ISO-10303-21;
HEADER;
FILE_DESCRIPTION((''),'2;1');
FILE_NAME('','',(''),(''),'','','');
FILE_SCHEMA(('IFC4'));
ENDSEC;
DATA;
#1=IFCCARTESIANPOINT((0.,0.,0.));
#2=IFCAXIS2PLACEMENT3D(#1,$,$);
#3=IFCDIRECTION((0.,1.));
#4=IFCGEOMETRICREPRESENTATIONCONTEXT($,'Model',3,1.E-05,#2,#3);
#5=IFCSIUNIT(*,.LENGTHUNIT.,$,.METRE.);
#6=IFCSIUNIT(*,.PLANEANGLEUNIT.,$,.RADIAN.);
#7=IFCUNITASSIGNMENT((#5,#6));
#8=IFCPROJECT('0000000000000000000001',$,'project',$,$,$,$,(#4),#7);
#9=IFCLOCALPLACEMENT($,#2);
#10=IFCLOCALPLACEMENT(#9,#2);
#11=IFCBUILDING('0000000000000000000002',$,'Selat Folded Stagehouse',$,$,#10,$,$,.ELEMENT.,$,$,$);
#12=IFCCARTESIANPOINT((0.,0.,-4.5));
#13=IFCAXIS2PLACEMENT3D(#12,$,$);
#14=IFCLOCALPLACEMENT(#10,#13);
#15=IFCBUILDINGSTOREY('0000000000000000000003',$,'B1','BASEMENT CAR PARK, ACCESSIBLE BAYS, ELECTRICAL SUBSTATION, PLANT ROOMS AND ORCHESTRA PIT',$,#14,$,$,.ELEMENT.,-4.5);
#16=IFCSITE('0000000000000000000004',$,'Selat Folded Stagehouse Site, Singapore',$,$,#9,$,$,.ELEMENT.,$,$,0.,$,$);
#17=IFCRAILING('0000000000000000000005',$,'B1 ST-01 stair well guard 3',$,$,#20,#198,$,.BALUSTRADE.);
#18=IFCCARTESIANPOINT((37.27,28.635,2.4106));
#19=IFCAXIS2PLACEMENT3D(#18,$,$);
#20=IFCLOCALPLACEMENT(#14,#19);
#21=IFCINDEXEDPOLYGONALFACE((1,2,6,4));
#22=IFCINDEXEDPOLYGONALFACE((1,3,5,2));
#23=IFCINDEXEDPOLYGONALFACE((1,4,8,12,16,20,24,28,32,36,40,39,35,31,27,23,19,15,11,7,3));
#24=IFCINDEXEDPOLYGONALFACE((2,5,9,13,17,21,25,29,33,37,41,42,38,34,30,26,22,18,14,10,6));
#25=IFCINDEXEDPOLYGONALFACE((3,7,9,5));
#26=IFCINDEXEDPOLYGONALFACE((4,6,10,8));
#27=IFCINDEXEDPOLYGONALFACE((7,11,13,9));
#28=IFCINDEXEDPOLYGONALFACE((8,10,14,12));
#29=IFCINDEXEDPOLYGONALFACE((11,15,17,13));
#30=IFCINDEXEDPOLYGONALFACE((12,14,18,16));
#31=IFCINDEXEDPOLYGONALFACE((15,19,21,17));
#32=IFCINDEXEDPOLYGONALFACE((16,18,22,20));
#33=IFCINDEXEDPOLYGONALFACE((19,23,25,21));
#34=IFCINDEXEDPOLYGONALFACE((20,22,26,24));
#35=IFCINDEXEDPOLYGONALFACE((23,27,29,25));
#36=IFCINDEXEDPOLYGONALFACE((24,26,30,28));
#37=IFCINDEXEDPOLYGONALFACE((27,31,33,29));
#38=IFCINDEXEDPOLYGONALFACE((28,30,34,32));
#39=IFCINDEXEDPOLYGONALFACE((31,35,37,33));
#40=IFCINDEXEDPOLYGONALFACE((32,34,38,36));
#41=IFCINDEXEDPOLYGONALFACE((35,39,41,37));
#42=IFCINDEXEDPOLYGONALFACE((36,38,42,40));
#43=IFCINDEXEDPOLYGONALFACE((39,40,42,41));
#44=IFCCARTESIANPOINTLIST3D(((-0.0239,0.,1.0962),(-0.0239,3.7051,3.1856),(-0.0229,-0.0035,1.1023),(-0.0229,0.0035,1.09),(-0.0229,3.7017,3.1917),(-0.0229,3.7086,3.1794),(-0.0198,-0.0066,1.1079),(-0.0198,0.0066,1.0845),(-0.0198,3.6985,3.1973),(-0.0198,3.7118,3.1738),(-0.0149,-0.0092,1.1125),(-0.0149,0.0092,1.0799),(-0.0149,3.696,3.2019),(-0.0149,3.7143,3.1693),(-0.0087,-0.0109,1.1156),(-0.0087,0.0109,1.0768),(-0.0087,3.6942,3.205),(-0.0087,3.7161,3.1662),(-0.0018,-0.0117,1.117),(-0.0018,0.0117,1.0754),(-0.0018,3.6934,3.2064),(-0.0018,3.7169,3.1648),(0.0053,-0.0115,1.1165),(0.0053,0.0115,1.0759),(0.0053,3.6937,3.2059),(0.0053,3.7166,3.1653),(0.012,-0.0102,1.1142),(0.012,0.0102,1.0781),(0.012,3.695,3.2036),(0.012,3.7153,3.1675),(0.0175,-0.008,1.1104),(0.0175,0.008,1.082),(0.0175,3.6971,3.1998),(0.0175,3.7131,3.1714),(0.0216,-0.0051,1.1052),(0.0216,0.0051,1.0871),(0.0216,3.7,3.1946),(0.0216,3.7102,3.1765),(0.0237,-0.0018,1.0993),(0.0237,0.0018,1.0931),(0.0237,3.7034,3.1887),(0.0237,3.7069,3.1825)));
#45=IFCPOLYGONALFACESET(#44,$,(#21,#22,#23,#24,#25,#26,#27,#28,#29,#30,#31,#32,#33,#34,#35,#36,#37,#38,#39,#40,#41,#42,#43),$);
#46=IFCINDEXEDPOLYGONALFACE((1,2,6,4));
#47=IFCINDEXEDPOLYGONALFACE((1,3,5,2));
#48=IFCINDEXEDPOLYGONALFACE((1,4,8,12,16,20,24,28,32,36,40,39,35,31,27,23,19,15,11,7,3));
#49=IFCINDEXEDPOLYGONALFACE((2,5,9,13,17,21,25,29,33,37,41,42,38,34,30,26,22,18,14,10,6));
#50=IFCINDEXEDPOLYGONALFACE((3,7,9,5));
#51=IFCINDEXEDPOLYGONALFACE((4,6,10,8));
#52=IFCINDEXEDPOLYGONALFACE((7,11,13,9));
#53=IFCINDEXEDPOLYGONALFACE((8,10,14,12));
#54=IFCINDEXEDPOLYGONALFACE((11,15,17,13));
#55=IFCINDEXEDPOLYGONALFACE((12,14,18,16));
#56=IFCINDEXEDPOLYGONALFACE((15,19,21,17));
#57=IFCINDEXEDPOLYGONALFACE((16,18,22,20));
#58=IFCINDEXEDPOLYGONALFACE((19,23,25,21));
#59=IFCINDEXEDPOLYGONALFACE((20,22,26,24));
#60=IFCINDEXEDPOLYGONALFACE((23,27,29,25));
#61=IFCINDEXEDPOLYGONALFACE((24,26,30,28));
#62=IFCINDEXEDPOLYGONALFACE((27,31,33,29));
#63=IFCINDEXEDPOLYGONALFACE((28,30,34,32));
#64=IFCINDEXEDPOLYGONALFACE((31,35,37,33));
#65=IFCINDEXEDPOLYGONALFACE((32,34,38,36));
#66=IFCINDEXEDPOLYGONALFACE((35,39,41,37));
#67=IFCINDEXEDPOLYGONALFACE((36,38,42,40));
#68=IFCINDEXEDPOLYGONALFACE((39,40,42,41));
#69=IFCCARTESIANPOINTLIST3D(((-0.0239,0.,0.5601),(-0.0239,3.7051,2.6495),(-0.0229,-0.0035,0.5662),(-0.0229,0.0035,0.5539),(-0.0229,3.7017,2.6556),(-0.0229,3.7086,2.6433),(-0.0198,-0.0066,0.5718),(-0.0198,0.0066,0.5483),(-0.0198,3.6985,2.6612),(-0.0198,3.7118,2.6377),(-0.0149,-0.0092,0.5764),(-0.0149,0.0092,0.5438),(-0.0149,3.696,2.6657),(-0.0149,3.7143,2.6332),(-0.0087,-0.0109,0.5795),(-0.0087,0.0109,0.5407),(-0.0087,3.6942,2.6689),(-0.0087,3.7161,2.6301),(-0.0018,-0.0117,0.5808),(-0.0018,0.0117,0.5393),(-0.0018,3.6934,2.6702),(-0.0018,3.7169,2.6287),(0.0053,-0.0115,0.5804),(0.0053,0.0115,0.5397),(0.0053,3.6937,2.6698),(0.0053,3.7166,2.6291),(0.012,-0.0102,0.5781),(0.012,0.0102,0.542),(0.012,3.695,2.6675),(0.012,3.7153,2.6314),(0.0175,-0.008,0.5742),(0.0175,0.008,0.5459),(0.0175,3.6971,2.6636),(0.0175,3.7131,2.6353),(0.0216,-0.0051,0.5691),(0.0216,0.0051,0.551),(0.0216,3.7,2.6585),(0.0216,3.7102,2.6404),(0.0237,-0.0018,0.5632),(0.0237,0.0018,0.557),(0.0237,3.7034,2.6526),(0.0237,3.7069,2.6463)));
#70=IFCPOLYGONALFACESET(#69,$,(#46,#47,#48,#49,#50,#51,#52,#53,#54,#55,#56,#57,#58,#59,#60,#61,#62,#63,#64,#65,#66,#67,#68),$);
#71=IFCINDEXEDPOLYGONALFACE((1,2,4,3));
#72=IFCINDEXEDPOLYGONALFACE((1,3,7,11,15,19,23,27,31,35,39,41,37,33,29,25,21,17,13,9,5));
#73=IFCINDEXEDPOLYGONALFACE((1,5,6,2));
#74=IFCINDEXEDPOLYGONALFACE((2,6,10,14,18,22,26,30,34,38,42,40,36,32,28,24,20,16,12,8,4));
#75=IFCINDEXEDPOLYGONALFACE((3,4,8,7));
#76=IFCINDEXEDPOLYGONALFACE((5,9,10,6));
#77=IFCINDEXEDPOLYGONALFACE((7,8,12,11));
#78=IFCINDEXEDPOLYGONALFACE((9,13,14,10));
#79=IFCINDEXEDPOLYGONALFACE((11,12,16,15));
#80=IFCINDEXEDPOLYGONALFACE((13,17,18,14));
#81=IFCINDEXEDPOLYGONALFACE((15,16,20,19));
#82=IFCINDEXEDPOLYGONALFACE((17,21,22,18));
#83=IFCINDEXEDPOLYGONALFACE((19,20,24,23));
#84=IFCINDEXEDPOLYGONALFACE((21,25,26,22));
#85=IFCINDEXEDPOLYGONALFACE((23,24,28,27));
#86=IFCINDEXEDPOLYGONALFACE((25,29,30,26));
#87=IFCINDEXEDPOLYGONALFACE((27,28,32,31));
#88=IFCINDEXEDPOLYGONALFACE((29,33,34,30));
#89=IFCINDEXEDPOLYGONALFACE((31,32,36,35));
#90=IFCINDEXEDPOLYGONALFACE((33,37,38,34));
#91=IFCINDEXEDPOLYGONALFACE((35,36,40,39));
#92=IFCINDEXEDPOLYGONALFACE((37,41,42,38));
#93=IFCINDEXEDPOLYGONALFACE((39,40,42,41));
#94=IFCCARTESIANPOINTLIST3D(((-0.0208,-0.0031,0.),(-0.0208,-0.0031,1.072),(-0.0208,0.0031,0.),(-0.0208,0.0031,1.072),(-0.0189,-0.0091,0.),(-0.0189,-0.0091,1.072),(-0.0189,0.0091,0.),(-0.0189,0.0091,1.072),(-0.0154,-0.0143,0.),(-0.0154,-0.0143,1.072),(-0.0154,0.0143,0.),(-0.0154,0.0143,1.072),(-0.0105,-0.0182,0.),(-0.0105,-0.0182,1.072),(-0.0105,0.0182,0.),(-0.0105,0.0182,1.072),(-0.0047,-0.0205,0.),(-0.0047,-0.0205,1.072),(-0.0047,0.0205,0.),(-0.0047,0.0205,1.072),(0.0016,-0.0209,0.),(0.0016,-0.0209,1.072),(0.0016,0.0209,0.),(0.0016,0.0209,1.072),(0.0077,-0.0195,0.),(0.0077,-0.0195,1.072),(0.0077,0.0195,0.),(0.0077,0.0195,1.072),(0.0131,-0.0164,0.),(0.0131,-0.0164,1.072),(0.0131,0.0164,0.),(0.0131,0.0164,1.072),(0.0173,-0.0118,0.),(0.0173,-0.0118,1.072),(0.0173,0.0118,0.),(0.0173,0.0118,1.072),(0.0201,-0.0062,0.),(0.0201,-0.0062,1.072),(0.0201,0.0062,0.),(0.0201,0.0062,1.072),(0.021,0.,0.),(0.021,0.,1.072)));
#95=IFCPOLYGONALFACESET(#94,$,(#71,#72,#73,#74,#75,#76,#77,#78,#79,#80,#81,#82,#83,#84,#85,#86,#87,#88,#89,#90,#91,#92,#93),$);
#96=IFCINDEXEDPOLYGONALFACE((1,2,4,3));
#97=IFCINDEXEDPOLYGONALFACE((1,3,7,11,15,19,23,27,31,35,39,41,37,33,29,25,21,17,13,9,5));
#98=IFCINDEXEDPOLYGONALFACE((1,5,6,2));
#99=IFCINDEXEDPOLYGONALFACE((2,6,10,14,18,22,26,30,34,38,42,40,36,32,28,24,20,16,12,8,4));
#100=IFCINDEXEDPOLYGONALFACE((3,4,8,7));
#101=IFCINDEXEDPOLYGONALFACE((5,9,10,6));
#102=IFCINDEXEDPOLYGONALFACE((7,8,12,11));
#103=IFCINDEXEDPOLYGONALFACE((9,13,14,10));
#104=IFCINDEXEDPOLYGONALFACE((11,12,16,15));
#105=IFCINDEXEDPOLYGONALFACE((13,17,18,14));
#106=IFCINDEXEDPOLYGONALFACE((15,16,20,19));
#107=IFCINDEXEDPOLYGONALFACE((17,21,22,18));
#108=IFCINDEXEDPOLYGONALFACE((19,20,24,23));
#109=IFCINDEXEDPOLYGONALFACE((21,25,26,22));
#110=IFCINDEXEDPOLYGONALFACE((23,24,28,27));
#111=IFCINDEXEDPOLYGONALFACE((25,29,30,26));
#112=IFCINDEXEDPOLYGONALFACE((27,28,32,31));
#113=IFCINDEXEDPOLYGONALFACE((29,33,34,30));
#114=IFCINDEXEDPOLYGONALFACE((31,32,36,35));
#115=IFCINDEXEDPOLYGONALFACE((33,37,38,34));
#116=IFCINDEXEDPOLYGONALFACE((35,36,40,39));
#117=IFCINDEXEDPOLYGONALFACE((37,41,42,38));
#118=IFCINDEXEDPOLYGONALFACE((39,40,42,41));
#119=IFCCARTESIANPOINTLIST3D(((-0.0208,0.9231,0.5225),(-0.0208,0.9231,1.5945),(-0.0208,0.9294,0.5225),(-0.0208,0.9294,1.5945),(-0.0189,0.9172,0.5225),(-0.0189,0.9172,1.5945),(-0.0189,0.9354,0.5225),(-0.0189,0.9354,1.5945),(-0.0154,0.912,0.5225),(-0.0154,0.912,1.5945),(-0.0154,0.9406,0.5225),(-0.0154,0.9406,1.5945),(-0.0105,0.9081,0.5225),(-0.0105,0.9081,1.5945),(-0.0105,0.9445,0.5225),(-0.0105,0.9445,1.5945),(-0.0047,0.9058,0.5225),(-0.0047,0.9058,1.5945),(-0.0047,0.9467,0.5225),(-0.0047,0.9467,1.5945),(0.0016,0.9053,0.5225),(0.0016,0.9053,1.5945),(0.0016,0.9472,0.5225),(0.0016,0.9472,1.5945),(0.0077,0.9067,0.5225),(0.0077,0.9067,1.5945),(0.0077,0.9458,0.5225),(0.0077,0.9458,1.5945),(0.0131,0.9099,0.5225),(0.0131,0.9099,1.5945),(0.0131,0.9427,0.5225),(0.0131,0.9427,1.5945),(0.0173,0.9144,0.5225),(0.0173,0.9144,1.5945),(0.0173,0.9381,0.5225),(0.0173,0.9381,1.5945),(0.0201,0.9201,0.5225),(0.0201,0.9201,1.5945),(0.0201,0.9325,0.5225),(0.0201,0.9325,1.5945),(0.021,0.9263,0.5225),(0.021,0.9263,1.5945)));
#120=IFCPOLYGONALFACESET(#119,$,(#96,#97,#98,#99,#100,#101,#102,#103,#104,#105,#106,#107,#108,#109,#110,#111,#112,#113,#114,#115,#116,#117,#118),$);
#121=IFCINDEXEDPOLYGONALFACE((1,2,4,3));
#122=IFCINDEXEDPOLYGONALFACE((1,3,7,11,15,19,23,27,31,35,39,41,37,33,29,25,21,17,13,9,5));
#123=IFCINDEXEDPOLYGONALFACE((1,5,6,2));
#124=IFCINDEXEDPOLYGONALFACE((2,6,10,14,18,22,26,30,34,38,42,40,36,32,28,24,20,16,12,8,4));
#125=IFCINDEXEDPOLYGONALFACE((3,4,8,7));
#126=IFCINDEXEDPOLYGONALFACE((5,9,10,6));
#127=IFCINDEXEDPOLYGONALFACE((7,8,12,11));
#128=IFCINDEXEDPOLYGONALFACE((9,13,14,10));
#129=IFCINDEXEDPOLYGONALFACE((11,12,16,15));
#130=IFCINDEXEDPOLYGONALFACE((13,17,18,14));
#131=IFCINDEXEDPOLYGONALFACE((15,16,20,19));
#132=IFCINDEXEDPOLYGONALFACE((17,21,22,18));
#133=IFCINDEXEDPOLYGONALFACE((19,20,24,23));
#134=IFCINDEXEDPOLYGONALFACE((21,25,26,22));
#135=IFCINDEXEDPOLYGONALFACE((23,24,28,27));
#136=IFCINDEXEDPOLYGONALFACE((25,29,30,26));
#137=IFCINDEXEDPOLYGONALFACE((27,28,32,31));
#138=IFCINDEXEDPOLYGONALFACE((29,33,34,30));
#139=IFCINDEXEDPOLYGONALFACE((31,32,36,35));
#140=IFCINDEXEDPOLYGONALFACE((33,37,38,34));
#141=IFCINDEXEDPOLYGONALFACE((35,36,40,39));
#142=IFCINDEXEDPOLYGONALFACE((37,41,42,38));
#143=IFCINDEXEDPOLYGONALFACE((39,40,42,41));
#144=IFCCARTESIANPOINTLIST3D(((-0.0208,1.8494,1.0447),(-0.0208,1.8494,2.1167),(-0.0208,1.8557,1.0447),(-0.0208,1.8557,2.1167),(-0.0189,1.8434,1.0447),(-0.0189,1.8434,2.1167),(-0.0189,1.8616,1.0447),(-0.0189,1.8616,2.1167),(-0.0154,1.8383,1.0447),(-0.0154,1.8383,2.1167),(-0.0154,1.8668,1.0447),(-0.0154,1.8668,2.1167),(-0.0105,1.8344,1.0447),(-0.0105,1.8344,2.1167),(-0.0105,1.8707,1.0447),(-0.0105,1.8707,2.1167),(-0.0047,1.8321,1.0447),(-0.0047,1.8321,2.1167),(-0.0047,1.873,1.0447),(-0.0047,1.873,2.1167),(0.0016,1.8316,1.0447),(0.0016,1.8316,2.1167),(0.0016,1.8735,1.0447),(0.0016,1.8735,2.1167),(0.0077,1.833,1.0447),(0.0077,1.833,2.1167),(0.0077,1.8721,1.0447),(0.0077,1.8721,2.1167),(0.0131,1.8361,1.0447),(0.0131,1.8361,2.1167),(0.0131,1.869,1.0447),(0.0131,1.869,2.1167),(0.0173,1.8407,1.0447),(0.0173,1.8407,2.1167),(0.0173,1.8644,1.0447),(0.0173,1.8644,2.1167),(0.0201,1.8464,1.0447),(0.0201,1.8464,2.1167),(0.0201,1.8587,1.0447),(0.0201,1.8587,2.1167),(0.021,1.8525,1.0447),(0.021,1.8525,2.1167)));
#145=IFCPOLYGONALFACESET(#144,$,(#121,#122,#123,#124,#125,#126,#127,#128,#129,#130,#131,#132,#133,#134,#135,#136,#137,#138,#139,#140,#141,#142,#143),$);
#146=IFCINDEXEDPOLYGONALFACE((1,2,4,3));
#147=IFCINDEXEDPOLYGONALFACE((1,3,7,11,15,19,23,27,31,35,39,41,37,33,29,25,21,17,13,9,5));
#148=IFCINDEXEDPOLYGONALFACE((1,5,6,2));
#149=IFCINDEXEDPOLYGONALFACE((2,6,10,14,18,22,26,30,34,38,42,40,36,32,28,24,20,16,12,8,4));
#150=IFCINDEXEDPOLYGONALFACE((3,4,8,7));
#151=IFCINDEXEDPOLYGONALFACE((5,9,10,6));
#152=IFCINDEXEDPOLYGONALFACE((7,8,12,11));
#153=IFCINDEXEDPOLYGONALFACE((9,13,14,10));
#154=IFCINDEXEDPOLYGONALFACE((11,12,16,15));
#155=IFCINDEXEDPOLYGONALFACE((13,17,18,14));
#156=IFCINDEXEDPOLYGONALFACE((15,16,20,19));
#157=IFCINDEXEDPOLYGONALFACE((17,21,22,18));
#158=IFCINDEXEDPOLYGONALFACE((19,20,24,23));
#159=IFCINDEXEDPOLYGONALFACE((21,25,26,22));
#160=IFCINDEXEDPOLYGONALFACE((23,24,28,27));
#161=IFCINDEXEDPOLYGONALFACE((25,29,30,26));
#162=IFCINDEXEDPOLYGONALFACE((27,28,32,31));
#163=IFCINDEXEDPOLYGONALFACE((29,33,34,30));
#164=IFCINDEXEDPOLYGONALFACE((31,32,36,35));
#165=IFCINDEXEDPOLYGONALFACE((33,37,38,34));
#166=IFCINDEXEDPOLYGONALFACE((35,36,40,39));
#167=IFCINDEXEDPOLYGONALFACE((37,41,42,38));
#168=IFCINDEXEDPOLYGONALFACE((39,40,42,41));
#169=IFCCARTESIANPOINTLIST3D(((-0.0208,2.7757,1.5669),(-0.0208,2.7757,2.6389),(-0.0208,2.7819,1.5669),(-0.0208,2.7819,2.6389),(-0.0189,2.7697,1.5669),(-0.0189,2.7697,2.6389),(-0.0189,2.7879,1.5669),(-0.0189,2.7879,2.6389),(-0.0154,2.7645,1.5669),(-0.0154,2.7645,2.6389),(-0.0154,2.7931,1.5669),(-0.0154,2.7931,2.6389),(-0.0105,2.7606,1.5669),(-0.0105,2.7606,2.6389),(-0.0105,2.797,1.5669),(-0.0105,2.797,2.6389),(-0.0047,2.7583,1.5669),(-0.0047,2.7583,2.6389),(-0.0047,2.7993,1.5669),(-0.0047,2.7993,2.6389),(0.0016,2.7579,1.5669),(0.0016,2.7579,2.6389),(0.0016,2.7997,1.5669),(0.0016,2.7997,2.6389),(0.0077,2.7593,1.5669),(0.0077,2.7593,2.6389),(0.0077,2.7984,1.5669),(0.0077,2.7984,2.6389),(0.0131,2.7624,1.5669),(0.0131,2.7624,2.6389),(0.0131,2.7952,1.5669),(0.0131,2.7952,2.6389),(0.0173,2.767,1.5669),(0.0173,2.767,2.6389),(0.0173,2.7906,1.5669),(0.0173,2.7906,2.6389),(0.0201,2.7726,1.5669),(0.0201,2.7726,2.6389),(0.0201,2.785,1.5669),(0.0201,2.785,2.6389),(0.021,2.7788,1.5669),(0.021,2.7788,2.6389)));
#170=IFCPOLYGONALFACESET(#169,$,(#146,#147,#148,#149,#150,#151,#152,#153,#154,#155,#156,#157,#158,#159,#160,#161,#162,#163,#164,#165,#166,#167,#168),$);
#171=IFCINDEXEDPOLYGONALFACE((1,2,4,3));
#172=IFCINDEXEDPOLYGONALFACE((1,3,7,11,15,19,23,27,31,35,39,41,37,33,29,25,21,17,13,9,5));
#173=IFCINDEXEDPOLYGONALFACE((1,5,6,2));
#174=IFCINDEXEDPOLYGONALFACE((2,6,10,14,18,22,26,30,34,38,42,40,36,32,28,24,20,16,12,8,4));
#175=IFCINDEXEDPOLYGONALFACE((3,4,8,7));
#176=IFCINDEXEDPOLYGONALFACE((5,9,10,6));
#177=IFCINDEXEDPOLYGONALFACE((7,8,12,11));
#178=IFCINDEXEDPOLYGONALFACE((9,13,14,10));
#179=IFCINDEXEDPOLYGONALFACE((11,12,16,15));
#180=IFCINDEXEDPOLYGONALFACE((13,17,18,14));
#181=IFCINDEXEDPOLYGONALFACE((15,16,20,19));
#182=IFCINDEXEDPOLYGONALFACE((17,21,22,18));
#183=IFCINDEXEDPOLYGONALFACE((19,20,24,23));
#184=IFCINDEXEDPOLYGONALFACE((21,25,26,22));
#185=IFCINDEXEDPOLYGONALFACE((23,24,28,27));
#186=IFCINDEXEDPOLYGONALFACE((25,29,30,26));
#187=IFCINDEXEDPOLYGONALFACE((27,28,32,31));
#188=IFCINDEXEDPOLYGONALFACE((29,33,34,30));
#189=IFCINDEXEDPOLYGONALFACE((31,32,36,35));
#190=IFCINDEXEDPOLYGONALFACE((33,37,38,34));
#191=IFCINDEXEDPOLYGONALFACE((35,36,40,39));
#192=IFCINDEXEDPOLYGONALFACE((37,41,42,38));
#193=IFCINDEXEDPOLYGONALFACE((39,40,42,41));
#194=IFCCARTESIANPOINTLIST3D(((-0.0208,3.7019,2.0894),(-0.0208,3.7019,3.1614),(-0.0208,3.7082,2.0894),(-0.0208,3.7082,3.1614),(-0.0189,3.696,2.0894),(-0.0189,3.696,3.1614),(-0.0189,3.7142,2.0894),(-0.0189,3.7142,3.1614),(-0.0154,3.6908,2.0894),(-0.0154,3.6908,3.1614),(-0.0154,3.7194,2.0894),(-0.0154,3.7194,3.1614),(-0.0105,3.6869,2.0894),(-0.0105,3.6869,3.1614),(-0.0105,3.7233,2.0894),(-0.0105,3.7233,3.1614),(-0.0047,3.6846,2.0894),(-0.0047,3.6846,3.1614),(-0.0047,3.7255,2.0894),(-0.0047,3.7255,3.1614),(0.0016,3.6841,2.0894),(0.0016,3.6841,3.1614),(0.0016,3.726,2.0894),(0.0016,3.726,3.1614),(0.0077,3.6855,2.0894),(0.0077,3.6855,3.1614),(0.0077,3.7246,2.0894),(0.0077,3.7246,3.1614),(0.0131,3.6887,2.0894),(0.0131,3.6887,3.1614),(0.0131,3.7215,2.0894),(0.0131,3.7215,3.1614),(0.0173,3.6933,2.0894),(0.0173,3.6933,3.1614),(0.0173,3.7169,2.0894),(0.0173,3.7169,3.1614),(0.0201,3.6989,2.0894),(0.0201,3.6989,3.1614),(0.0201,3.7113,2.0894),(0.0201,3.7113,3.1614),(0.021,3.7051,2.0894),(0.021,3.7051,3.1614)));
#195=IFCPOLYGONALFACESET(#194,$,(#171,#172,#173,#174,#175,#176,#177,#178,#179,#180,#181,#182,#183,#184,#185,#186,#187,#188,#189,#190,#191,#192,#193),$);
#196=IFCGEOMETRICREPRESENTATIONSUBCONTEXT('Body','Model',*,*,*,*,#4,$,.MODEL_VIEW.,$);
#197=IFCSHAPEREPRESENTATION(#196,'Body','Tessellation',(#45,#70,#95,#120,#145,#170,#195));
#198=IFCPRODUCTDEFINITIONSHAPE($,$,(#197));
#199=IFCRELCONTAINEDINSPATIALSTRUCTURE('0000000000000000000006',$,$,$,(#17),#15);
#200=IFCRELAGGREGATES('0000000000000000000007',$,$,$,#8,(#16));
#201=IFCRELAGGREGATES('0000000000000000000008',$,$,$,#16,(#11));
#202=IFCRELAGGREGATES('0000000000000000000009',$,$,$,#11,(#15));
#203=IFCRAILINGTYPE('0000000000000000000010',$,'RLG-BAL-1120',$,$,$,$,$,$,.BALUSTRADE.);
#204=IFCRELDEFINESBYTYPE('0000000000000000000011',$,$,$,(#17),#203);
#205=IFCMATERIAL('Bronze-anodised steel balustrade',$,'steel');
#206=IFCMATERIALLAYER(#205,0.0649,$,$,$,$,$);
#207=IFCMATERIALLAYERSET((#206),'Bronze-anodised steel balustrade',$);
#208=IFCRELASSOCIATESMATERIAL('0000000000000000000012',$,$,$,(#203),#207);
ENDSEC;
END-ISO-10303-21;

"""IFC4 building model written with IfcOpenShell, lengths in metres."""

from ifc_helpers import new_model, si_unit, direction, frame, origin, origin_2d, place, context, subcontext, project, spatial, circle, extrude, material, layer, layer_set, type_object, element, save


model = new_model("IFC4")

# Units and contexts
model_context = context("Model", 3, precision=1e-05, world=origin(), true_north=direction((0.0, 1.0)))
body_context = subcontext(model_context, "Body", "Model", "MODEL_VIEW")
ifc_project = project(units=[si_unit("LENGTHUNIT", "METRE"), si_unit("PLANEANGLEUNIT", "RADIAN")], contexts=[model_context])

# Site, building, storey
site_placement = place(None, origin())
site = spatial("IfcSite", under=ifc_project, at=site_placement, Name="Selat Folded Stagehouse Site, Singapore", CompositionType="ELEMENT", RefElevation=0.0)
building_placement = place(site_placement, origin())
building = spatial("IfcBuilding", under=site, at=building_placement, Name="Selat Folded Stagehouse", CompositionType="ELEMENT")
storey_placement = place(building_placement, frame((0.0, 0.0, -4.5)))
storey = spatial("IfcBuildingStorey", under=building, at=storey_placement, Name="B1", Description="BASEMENT CAR PARK, ACCESSIBLE BAYS, ELECTRICAL SUBSTATION, PLANT ROOMS AND ORCHESTRA PIT", CompositionType="ELEMENT", Elevation=-4.5)

# Railing
ifc_material_1 = material(Name="Bronze-anodised steel balustrade", Category="steel")
ifc_layer_1 = layer(ifc_material_1, 0.0649)
ifc_layer_set_1 = layer_set([ifc_layer_1], Name="Bronze-anodised steel balustrade")
railing_type_1 = type_object("IfcRailingType", Name="RLG-BAL-1120", PredefinedType="BALUSTRADE", material=ifc_layer_set_1)
railing_1_placement = place(storey_placement, frame((37.27, 28.635, 2.4106)))
element("IfcRailing", 1, at=railing_1_placement, inside=storey, type_object=railing_type_1, Name="B1 ST-01 stair well guard 3", PredefinedType="BALUSTRADE", context=body_context, shape_type="SweptSolid", body=[
    extrude(circle(Radius=0.0239, at=origin_2d()), frame((0.0, 0.0, 1.0962), z_axis=(0.0, 0.871048, 0.491198), x_axis=(-1.0, 0.0, 0.0)), (0.0, 0.0, 1.0), 4.2537),
    extrude(circle(Radius=0.0239, at=origin_2d()), frame((0.0, 0.0, 0.5601), z_axis=(0.0, 0.871048, 0.491198), x_axis=(-1.0, 0.0, 0.0)), (0.0, 0.0, 1.0), 4.2537),
    extrude(circle(Radius=0.021, at=origin_2d()), origin(), (0.0, 0.0, 1.0), 1.072),
    extrude(circle(Radius=0.021, at=origin_2d()), frame((0.0, 0.9263, 0.5225)), (0.0, 0.0, 1.0), 1.072),
    extrude(circle(Radius=0.021, at=origin_2d()), frame((0.0, 1.8525, 1.0447)), (0.0, 0.0, 1.0), 1.072),
    extrude(circle(Radius=0.021, at=origin_2d()), frame((0.0, 2.7788, 1.5669)), (0.0, 0.0, 1.0), 1.072),
    extrude(circle(Radius=0.021, at=origin_2d()), frame((0.0, 3.7051, 2.0894)), (0.0, 0.0, 1.0), 1.072),
])

save(model, "model.ifc")
